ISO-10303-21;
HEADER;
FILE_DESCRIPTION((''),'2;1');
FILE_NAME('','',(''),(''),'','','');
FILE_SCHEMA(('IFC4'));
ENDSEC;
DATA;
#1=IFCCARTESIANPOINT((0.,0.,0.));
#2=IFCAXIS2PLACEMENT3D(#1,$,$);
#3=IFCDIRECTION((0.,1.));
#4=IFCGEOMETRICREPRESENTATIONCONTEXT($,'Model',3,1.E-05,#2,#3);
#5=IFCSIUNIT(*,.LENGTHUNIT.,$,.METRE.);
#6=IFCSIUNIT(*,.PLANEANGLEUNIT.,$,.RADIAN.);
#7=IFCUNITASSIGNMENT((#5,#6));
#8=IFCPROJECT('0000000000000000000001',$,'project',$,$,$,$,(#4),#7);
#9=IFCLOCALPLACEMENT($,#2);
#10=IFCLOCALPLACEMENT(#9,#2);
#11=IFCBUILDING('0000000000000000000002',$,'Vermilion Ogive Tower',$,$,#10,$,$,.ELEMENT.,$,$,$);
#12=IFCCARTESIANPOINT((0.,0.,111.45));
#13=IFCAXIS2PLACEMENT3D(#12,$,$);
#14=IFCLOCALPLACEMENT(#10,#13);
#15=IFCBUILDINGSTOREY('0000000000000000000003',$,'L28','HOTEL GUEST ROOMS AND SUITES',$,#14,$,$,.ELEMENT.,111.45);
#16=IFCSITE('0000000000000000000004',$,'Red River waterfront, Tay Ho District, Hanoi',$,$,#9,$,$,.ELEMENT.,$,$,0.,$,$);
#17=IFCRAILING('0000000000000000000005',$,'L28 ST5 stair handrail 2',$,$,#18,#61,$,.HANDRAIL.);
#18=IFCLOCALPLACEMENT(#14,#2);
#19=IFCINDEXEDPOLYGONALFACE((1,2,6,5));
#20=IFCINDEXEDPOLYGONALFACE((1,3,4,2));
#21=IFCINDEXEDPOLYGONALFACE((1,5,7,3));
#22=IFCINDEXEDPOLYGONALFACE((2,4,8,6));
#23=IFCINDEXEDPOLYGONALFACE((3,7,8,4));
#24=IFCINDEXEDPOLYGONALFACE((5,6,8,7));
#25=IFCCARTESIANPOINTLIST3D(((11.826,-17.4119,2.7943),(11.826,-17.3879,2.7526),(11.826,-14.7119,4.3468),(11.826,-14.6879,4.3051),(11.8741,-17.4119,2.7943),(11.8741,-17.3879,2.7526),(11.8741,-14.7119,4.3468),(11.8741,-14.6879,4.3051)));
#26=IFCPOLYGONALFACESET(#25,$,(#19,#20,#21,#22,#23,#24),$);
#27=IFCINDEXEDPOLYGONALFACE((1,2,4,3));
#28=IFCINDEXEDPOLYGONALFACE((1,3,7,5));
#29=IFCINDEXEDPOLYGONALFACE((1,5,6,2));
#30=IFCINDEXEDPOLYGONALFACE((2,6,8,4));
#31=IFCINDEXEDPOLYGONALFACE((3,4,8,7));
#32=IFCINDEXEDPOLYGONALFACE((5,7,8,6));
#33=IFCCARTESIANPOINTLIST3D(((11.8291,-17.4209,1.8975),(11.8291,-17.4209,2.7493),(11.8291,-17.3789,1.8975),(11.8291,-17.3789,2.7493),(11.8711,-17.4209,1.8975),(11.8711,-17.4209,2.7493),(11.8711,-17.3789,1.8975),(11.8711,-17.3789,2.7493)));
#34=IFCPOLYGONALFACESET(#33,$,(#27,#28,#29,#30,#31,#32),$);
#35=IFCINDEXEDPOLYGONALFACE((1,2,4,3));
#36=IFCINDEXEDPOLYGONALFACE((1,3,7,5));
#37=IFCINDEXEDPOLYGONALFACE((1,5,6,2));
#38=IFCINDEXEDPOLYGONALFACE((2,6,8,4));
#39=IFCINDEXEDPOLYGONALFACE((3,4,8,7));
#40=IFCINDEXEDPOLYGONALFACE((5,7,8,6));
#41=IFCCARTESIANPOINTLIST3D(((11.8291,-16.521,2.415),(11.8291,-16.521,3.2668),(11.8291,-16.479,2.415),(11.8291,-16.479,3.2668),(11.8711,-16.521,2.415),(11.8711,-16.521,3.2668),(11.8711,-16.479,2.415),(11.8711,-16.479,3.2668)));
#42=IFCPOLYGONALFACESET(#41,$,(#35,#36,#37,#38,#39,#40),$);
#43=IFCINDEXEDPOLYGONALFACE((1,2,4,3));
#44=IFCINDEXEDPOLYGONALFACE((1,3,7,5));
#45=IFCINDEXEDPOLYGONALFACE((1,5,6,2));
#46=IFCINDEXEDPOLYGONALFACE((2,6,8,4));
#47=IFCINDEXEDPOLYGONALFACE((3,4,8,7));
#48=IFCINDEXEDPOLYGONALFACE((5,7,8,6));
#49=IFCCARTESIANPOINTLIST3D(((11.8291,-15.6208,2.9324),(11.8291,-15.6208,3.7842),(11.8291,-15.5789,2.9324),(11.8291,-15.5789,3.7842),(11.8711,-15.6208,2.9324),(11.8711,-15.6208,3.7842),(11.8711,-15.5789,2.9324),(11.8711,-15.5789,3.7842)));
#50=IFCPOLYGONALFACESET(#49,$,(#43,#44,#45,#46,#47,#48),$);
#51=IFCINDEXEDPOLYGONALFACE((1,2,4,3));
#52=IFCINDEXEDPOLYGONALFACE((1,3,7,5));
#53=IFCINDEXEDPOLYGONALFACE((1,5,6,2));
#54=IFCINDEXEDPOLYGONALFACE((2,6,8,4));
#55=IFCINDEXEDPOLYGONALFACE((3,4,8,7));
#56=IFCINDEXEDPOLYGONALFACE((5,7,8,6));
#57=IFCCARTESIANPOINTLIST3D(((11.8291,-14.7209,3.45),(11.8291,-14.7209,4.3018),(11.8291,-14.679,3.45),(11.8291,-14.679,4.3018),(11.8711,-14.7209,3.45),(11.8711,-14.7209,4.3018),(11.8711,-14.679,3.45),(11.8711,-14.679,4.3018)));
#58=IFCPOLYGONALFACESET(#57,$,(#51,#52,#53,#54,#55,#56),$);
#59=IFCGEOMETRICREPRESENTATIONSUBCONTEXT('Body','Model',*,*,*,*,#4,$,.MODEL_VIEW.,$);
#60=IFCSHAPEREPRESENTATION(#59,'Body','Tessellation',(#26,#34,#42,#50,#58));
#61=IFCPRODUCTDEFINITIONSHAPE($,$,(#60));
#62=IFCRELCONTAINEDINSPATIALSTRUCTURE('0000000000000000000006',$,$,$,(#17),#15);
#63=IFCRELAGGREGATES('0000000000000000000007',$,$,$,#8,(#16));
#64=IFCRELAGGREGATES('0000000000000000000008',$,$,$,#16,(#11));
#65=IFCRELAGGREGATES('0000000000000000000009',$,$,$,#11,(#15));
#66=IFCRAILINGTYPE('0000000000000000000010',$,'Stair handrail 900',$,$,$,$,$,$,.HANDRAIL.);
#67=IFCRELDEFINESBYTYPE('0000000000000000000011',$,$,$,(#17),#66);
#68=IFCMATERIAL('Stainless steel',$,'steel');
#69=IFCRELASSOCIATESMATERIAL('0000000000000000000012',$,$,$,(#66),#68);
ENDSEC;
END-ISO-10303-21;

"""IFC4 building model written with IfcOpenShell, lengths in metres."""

from ifc_helpers import new_model, si_unit, direction, frame, origin, origin_2d, place, context, subcontext, project, spatial, rectangle, extrude, material, type_object, element, save


model = new_model("IFC4")

# Units and contexts
model_context = context("Model", 3, precision=1e-05, world=origin(), true_north=direction((0.0, 1.0)))
body_context = subcontext(model_context, "Body", "Model", "MODEL_VIEW")
ifc_project = project(units=[si_unit("LENGTHUNIT", "METRE"), si_unit("PLANEANGLEUNIT", "RADIAN")], contexts=[model_context])

# Site, building, storey
site_placement = place(None, origin())
site = spatial("IfcSite", under=ifc_project, at=site_placement, Name="Red River waterfront, Tay Ho District, Hanoi", CompositionType="ELEMENT", RefElevation=0.0)
building_placement = place(site_placement, origin())
building = spatial("IfcBuilding", under=site, at=building_placement, Name="Vermilion Ogive Tower", CompositionType="ELEMENT")
storey_placement = place(building_placement, frame((0.0, 0.0, 111.45)))
storey = spatial("IfcBuildingStorey", under=building, at=storey_placement, Name="L28", Description="HOTEL GUEST ROOMS AND SUITES", CompositionType="ELEMENT", Elevation=111.45)

# Railing
ifc_material_1 = material(Name="Stainless steel", Category="steel")
railing_type_1 = type_object("IfcRailingType", Name="Stair handrail 900", PredefinedType="HANDRAIL", material=ifc_material_1)
railing_1_placement = place(storey_placement, frame((11.8501, -17.3999, 1.8975)))
element("IfcRailing", 1, at=railing_1_placement, inside=storey, type_object=railing_type_1, Name="L28 ST5 stair handrail 2", PredefinedType="HANDRAIL", context=body_context, shape_type="SweptSolid", body=[
    extrude(rectangle(XDim=0.0481, YDim=0.0481, at=origin_2d()), frame((0.0, 0.0, 0.876), z_axis=(0.0, 0.866904, 0.498476), x_axis=(-1.0, 0.0, 0.0)), (0.0, 0.0, 1.0), 3.1145),
    extrude(rectangle(XDim=0.042, YDim=0.042, at=origin_2d()), origin(), (0.0, 0.0, 1.0), 0.8518),
    extrude(rectangle(XDim=0.042, YDim=0.042, at=origin_2d()), frame((0.0, 0.8999, 0.5176)), (0.0, 0.0, 1.0), 0.8518),
    extrude(rectangle(XDim=0.042, YDim=0.042, at=origin_2d()), frame((0.0, 1.8, 1.0349)), (0.0, 0.0, 1.0), 0.8518),
    extrude(rectangle(XDim=0.042, YDim=0.042, at=origin_2d()), frame((0.0, 2.7, 1.5525)), (0.0, 0.0, 1.0), 0.8518),
])

save(model, "model.ifc")
